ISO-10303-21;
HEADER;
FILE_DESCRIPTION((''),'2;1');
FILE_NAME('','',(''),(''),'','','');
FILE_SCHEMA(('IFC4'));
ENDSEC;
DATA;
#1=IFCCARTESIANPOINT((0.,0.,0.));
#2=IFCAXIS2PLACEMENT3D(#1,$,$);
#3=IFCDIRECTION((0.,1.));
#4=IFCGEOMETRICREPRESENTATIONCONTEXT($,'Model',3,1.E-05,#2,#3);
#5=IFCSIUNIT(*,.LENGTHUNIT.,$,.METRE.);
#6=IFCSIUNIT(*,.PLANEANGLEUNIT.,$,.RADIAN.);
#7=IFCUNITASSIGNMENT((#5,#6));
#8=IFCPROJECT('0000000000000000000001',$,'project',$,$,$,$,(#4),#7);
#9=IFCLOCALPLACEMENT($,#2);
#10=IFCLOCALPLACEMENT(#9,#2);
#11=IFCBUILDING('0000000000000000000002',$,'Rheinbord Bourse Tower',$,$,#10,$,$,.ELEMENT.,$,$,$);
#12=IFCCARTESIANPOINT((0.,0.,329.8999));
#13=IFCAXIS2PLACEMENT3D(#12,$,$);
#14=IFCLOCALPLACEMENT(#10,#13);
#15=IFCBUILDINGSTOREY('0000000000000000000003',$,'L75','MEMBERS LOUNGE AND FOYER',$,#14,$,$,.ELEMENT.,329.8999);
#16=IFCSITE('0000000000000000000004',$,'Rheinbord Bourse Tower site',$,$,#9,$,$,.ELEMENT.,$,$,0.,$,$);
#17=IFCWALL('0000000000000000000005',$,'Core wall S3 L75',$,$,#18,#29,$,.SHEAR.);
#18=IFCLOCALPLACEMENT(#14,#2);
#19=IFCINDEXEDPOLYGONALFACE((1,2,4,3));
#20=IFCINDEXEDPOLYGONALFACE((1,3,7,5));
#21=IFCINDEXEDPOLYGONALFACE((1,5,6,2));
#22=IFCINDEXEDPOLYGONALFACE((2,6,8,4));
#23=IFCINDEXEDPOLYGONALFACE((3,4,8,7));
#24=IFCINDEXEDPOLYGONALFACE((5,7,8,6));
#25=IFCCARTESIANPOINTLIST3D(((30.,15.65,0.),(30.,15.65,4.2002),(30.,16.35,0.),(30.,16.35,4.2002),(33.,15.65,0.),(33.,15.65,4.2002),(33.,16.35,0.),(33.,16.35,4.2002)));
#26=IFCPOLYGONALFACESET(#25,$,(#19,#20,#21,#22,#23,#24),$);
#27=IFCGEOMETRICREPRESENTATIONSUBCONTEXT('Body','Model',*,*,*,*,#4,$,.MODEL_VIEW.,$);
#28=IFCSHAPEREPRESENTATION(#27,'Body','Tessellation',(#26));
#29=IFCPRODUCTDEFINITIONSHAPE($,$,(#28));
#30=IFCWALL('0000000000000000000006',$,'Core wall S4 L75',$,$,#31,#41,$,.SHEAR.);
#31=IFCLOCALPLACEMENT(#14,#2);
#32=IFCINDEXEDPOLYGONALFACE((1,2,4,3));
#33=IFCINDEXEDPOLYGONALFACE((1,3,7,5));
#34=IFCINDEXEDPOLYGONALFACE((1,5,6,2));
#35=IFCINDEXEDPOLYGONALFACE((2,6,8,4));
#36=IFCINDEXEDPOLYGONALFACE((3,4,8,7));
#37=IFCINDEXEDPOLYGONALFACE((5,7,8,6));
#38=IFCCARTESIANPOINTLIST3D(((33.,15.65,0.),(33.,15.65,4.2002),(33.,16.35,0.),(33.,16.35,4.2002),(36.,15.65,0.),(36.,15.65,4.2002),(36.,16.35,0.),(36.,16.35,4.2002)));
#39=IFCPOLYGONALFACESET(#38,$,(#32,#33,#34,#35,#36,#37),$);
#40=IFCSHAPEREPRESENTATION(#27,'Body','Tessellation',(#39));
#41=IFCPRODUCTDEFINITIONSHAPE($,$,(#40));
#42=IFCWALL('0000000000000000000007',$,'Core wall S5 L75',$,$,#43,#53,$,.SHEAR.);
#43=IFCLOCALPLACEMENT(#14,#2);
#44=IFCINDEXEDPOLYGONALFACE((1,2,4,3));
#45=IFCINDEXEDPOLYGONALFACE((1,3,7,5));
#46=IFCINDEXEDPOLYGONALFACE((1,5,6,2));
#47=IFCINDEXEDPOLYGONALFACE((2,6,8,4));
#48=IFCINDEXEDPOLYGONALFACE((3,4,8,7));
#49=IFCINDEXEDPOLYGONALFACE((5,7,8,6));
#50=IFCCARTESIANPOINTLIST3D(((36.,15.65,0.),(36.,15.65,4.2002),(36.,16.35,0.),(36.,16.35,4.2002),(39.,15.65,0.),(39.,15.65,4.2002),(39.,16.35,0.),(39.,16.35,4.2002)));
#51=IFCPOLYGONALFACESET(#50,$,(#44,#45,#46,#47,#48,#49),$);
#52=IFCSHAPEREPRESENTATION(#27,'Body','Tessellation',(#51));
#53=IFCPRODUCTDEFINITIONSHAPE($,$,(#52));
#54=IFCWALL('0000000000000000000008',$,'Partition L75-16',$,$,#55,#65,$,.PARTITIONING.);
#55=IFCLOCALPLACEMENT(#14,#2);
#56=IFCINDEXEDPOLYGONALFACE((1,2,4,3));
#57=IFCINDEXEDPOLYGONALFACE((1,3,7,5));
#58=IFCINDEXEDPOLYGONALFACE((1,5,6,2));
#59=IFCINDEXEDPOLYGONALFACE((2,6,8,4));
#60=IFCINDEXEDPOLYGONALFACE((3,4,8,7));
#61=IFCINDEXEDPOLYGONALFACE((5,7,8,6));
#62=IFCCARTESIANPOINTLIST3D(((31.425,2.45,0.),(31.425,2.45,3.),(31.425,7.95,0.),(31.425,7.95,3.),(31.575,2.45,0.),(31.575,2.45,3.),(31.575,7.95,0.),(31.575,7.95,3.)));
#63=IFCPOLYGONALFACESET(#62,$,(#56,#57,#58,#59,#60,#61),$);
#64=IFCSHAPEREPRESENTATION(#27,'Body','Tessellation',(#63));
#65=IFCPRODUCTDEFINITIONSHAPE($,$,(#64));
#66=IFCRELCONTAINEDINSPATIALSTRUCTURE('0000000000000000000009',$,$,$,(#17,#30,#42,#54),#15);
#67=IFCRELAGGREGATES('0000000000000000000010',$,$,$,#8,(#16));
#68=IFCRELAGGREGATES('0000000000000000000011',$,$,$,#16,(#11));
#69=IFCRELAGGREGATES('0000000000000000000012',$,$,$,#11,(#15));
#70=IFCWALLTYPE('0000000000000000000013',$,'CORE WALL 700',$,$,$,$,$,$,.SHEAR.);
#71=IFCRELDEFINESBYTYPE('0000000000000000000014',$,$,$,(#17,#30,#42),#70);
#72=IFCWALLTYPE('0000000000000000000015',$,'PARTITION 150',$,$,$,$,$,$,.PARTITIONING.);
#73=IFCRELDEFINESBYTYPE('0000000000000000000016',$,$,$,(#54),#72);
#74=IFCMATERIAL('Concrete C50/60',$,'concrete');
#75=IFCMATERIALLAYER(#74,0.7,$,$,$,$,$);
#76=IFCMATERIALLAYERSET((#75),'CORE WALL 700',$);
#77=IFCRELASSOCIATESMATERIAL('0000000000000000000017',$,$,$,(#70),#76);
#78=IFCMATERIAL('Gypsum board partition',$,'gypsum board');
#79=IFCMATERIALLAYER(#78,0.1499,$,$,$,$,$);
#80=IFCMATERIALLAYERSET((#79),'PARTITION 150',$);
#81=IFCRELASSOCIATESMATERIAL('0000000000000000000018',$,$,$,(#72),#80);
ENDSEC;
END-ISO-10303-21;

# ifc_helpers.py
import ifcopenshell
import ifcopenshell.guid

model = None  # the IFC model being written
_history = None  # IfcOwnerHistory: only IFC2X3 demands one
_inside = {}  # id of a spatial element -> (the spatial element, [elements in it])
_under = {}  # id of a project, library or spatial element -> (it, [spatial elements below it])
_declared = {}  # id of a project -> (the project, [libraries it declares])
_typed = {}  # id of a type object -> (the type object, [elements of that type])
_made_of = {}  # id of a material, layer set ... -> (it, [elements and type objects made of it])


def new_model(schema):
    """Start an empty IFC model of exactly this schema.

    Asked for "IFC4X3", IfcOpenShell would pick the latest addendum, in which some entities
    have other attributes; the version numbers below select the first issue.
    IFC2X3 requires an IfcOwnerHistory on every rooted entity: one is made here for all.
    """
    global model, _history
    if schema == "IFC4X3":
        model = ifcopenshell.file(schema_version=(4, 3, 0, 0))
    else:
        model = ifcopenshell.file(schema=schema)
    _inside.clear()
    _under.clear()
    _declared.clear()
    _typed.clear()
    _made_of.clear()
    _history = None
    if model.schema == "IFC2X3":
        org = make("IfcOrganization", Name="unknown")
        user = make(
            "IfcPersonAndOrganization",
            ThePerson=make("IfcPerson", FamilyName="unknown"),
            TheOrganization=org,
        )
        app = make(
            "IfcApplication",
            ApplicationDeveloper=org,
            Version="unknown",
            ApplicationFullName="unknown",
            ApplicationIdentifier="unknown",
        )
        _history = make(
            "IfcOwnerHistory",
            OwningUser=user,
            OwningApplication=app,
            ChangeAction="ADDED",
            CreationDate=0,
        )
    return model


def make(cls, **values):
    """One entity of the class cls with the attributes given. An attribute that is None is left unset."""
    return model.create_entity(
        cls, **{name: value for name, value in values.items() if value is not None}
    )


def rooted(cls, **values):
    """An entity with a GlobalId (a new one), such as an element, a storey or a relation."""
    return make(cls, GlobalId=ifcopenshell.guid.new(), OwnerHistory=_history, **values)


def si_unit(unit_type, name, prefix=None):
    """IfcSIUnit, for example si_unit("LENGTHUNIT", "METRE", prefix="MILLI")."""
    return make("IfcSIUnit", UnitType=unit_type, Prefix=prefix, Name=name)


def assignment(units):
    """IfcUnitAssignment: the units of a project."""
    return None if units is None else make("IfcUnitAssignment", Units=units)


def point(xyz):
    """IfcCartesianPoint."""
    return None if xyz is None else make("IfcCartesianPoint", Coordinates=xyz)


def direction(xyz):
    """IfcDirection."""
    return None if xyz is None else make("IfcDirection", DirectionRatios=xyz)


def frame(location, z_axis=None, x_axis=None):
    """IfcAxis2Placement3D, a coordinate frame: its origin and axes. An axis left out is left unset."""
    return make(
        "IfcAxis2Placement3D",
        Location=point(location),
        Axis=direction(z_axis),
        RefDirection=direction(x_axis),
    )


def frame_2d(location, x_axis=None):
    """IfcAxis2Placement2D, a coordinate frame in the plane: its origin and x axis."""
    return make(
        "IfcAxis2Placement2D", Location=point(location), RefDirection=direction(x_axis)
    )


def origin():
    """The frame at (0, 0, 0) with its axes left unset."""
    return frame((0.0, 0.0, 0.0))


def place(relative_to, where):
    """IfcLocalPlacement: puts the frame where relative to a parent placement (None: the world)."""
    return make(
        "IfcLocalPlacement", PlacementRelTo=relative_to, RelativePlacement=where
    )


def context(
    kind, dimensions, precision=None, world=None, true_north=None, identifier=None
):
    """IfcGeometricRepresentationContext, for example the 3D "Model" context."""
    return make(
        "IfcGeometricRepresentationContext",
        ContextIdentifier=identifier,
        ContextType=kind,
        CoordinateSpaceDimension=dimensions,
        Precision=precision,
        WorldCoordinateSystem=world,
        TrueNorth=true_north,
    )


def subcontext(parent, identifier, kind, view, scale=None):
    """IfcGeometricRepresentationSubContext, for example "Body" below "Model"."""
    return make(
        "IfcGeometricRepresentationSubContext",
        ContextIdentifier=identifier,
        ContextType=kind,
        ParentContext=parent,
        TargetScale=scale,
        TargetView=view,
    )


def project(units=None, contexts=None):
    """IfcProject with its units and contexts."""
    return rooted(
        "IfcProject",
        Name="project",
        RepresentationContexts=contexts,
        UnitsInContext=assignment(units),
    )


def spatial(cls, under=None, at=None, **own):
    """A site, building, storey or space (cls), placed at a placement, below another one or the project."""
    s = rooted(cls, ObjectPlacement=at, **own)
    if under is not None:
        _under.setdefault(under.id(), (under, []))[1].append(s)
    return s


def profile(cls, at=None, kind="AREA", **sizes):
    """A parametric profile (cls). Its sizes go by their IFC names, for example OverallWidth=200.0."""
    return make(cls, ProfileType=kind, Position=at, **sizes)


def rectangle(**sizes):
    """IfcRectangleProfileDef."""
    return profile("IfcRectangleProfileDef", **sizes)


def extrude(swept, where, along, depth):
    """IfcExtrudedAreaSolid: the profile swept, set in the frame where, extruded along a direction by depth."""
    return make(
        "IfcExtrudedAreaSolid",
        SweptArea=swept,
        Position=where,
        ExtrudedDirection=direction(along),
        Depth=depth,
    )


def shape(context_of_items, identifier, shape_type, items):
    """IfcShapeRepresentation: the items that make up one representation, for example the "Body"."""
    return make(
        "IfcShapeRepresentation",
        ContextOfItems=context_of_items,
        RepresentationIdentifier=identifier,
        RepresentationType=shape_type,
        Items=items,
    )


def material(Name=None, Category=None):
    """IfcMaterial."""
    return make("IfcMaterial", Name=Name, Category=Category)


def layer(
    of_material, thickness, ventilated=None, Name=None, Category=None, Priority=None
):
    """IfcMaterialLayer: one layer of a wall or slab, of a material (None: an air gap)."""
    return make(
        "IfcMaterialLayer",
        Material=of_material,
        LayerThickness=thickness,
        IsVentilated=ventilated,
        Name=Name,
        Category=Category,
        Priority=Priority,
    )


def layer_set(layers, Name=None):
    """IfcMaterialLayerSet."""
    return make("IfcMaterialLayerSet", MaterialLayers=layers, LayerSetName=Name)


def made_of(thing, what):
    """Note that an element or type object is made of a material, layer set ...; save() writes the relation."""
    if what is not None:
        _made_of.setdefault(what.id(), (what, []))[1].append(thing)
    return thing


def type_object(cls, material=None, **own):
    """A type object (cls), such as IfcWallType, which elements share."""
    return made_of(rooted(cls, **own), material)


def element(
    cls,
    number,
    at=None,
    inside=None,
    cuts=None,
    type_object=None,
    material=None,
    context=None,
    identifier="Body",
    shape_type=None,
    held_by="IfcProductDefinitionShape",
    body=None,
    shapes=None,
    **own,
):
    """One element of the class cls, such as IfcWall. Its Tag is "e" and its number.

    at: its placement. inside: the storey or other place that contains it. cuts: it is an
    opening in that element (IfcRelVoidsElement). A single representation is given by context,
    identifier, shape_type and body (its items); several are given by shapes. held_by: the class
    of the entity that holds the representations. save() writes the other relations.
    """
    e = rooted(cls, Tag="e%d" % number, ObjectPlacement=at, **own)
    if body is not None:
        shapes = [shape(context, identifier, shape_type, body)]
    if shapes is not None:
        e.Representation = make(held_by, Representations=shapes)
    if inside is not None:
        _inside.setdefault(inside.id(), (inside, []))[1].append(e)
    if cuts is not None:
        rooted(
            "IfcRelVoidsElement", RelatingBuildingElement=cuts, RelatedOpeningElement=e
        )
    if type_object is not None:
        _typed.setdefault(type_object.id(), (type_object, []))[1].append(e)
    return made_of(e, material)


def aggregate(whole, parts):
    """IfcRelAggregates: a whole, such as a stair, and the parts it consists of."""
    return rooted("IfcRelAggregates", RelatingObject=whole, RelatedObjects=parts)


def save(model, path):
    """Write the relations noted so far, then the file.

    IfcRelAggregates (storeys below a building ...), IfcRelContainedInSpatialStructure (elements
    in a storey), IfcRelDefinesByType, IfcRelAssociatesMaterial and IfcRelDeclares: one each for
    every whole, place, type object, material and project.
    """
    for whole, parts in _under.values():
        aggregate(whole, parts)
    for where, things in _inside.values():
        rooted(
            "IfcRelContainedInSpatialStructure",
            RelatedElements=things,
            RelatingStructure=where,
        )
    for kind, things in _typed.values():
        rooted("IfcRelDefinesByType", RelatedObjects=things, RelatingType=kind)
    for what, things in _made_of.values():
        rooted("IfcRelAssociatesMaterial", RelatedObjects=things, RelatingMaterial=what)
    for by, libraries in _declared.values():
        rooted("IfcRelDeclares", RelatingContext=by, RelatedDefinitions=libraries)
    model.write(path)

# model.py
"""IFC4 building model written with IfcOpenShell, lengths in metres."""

from ifc_helpers import new_model, si_unit, direction, frame, frame_2d, origin, place, context, subcontext, project, spatial, rectangle, extrude, material, layer, layer_set, type_object, element, save


model = new_model("IFC4")

# Units and contexts
model_context = context("Model", 3, precision=1e-05, world=origin(), true_north=direction((0.0, 1.0)))
body_context = subcontext(model_context, "Body", "Model", "MODEL_VIEW")
ifc_project = project(units=[si_unit("LENGTHUNIT", "METRE"), si_unit("PLANEANGLEUNIT", "RADIAN")], contexts=[model_context])

# Site, building, storey
site_placement = place(None, origin())
site = spatial("IfcSite", under=ifc_project, at=site_placement, Name="Rheinbord Bourse Tower site", CompositionType="ELEMENT", RefElevation=0.0)
building_placement = place(site_placement, origin())
building = spatial("IfcBuilding", under=site, at=building_placement, Name="Rheinbord Bourse Tower", CompositionType="ELEMENT")
storey_placement = place(building_placement, frame((0.0, 0.0, 329.8999)))
storey = spatial("IfcBuildingStorey", under=building, at=storey_placement, Name="L75", Description="MEMBERS LOUNGE AND FOYER", CompositionType="ELEMENT", Elevation=329.8999)

# Walls
ifc_material_1 = material(Name="Concrete C50/60", Category="concrete")
ifc_layer_1 = layer(ifc_material_1, 0.7)
ifc_layer_set_1 = layer_set([ifc_layer_1], Name="CORE WALL 700")
wall_type_1 = type_object("IfcWallType", Name="CORE WALL 700", PredefinedType="SHEAR", material=ifc_layer_set_1)
for number, where, z_axis, x_axis, name in (
    (1, (30.0, 16.0, 0.0), (0.0, 0.0, 1.0), (1.0, 0.0, 0.0), "Core wall S3 L75"),
    (2, (33.0, 16.0, 0.0), (0.0, 0.0, 1.0), (1.0, 0.0, 0.0), "Core wall S4 L75"),
    (3, (36.0, 16.0, 0.0), (0.0, 0.0, 1.0), (1.0, 0.0, 0.0), "Core wall S5 L75"),
):
    element("IfcWall", number, at=place(storey_placement, frame(where, z_axis=z_axis, x_axis=x_axis)), inside=storey, type_object=wall_type_1, Name=name, PredefinedType="SHEAR", context=body_context, shape_type="SweptSolid", body=[
        extrude(rectangle(XDim=3.0, YDim=0.7, at=frame_2d((1.5, 0.0))), origin(), (0.0, 0.0, 1.0), 4.2002),
    ])
ifc_material_2 = material(Name="Gypsum board partition", Category="gypsum board")
ifc_layer_2 = layer(ifc_material_2, 0.1499)
ifc_layer_set_2 = layer_set([ifc_layer_2], Name="PARTITION 150")
wall_type_2 = type_object("IfcWallType", Name="PARTITION 150", PredefinedType="PARTITIONING", material=ifc_layer_set_2)
wall_1_placement = place(storey_placement, frame((31.5, 2.45, 0.0), z_axis=(0.0, 0.0, 1.0), x_axis=(0.0, 1.0, 0.0)))
element("IfcWall", 4, at=wall_1_placement, inside=storey, type_object=wall_type_2, Name="Partition L75-16", PredefinedType="PARTITIONING", context=body_context, shape_type="SweptSolid", body=[
    extrude(rectangle(XDim=5.5, YDim=0.1499, at=frame_2d((2.75, 0.0))), origin(), (0.0, 0.0, 1.0), 3.0),
])

save(model, "model.ifc")
